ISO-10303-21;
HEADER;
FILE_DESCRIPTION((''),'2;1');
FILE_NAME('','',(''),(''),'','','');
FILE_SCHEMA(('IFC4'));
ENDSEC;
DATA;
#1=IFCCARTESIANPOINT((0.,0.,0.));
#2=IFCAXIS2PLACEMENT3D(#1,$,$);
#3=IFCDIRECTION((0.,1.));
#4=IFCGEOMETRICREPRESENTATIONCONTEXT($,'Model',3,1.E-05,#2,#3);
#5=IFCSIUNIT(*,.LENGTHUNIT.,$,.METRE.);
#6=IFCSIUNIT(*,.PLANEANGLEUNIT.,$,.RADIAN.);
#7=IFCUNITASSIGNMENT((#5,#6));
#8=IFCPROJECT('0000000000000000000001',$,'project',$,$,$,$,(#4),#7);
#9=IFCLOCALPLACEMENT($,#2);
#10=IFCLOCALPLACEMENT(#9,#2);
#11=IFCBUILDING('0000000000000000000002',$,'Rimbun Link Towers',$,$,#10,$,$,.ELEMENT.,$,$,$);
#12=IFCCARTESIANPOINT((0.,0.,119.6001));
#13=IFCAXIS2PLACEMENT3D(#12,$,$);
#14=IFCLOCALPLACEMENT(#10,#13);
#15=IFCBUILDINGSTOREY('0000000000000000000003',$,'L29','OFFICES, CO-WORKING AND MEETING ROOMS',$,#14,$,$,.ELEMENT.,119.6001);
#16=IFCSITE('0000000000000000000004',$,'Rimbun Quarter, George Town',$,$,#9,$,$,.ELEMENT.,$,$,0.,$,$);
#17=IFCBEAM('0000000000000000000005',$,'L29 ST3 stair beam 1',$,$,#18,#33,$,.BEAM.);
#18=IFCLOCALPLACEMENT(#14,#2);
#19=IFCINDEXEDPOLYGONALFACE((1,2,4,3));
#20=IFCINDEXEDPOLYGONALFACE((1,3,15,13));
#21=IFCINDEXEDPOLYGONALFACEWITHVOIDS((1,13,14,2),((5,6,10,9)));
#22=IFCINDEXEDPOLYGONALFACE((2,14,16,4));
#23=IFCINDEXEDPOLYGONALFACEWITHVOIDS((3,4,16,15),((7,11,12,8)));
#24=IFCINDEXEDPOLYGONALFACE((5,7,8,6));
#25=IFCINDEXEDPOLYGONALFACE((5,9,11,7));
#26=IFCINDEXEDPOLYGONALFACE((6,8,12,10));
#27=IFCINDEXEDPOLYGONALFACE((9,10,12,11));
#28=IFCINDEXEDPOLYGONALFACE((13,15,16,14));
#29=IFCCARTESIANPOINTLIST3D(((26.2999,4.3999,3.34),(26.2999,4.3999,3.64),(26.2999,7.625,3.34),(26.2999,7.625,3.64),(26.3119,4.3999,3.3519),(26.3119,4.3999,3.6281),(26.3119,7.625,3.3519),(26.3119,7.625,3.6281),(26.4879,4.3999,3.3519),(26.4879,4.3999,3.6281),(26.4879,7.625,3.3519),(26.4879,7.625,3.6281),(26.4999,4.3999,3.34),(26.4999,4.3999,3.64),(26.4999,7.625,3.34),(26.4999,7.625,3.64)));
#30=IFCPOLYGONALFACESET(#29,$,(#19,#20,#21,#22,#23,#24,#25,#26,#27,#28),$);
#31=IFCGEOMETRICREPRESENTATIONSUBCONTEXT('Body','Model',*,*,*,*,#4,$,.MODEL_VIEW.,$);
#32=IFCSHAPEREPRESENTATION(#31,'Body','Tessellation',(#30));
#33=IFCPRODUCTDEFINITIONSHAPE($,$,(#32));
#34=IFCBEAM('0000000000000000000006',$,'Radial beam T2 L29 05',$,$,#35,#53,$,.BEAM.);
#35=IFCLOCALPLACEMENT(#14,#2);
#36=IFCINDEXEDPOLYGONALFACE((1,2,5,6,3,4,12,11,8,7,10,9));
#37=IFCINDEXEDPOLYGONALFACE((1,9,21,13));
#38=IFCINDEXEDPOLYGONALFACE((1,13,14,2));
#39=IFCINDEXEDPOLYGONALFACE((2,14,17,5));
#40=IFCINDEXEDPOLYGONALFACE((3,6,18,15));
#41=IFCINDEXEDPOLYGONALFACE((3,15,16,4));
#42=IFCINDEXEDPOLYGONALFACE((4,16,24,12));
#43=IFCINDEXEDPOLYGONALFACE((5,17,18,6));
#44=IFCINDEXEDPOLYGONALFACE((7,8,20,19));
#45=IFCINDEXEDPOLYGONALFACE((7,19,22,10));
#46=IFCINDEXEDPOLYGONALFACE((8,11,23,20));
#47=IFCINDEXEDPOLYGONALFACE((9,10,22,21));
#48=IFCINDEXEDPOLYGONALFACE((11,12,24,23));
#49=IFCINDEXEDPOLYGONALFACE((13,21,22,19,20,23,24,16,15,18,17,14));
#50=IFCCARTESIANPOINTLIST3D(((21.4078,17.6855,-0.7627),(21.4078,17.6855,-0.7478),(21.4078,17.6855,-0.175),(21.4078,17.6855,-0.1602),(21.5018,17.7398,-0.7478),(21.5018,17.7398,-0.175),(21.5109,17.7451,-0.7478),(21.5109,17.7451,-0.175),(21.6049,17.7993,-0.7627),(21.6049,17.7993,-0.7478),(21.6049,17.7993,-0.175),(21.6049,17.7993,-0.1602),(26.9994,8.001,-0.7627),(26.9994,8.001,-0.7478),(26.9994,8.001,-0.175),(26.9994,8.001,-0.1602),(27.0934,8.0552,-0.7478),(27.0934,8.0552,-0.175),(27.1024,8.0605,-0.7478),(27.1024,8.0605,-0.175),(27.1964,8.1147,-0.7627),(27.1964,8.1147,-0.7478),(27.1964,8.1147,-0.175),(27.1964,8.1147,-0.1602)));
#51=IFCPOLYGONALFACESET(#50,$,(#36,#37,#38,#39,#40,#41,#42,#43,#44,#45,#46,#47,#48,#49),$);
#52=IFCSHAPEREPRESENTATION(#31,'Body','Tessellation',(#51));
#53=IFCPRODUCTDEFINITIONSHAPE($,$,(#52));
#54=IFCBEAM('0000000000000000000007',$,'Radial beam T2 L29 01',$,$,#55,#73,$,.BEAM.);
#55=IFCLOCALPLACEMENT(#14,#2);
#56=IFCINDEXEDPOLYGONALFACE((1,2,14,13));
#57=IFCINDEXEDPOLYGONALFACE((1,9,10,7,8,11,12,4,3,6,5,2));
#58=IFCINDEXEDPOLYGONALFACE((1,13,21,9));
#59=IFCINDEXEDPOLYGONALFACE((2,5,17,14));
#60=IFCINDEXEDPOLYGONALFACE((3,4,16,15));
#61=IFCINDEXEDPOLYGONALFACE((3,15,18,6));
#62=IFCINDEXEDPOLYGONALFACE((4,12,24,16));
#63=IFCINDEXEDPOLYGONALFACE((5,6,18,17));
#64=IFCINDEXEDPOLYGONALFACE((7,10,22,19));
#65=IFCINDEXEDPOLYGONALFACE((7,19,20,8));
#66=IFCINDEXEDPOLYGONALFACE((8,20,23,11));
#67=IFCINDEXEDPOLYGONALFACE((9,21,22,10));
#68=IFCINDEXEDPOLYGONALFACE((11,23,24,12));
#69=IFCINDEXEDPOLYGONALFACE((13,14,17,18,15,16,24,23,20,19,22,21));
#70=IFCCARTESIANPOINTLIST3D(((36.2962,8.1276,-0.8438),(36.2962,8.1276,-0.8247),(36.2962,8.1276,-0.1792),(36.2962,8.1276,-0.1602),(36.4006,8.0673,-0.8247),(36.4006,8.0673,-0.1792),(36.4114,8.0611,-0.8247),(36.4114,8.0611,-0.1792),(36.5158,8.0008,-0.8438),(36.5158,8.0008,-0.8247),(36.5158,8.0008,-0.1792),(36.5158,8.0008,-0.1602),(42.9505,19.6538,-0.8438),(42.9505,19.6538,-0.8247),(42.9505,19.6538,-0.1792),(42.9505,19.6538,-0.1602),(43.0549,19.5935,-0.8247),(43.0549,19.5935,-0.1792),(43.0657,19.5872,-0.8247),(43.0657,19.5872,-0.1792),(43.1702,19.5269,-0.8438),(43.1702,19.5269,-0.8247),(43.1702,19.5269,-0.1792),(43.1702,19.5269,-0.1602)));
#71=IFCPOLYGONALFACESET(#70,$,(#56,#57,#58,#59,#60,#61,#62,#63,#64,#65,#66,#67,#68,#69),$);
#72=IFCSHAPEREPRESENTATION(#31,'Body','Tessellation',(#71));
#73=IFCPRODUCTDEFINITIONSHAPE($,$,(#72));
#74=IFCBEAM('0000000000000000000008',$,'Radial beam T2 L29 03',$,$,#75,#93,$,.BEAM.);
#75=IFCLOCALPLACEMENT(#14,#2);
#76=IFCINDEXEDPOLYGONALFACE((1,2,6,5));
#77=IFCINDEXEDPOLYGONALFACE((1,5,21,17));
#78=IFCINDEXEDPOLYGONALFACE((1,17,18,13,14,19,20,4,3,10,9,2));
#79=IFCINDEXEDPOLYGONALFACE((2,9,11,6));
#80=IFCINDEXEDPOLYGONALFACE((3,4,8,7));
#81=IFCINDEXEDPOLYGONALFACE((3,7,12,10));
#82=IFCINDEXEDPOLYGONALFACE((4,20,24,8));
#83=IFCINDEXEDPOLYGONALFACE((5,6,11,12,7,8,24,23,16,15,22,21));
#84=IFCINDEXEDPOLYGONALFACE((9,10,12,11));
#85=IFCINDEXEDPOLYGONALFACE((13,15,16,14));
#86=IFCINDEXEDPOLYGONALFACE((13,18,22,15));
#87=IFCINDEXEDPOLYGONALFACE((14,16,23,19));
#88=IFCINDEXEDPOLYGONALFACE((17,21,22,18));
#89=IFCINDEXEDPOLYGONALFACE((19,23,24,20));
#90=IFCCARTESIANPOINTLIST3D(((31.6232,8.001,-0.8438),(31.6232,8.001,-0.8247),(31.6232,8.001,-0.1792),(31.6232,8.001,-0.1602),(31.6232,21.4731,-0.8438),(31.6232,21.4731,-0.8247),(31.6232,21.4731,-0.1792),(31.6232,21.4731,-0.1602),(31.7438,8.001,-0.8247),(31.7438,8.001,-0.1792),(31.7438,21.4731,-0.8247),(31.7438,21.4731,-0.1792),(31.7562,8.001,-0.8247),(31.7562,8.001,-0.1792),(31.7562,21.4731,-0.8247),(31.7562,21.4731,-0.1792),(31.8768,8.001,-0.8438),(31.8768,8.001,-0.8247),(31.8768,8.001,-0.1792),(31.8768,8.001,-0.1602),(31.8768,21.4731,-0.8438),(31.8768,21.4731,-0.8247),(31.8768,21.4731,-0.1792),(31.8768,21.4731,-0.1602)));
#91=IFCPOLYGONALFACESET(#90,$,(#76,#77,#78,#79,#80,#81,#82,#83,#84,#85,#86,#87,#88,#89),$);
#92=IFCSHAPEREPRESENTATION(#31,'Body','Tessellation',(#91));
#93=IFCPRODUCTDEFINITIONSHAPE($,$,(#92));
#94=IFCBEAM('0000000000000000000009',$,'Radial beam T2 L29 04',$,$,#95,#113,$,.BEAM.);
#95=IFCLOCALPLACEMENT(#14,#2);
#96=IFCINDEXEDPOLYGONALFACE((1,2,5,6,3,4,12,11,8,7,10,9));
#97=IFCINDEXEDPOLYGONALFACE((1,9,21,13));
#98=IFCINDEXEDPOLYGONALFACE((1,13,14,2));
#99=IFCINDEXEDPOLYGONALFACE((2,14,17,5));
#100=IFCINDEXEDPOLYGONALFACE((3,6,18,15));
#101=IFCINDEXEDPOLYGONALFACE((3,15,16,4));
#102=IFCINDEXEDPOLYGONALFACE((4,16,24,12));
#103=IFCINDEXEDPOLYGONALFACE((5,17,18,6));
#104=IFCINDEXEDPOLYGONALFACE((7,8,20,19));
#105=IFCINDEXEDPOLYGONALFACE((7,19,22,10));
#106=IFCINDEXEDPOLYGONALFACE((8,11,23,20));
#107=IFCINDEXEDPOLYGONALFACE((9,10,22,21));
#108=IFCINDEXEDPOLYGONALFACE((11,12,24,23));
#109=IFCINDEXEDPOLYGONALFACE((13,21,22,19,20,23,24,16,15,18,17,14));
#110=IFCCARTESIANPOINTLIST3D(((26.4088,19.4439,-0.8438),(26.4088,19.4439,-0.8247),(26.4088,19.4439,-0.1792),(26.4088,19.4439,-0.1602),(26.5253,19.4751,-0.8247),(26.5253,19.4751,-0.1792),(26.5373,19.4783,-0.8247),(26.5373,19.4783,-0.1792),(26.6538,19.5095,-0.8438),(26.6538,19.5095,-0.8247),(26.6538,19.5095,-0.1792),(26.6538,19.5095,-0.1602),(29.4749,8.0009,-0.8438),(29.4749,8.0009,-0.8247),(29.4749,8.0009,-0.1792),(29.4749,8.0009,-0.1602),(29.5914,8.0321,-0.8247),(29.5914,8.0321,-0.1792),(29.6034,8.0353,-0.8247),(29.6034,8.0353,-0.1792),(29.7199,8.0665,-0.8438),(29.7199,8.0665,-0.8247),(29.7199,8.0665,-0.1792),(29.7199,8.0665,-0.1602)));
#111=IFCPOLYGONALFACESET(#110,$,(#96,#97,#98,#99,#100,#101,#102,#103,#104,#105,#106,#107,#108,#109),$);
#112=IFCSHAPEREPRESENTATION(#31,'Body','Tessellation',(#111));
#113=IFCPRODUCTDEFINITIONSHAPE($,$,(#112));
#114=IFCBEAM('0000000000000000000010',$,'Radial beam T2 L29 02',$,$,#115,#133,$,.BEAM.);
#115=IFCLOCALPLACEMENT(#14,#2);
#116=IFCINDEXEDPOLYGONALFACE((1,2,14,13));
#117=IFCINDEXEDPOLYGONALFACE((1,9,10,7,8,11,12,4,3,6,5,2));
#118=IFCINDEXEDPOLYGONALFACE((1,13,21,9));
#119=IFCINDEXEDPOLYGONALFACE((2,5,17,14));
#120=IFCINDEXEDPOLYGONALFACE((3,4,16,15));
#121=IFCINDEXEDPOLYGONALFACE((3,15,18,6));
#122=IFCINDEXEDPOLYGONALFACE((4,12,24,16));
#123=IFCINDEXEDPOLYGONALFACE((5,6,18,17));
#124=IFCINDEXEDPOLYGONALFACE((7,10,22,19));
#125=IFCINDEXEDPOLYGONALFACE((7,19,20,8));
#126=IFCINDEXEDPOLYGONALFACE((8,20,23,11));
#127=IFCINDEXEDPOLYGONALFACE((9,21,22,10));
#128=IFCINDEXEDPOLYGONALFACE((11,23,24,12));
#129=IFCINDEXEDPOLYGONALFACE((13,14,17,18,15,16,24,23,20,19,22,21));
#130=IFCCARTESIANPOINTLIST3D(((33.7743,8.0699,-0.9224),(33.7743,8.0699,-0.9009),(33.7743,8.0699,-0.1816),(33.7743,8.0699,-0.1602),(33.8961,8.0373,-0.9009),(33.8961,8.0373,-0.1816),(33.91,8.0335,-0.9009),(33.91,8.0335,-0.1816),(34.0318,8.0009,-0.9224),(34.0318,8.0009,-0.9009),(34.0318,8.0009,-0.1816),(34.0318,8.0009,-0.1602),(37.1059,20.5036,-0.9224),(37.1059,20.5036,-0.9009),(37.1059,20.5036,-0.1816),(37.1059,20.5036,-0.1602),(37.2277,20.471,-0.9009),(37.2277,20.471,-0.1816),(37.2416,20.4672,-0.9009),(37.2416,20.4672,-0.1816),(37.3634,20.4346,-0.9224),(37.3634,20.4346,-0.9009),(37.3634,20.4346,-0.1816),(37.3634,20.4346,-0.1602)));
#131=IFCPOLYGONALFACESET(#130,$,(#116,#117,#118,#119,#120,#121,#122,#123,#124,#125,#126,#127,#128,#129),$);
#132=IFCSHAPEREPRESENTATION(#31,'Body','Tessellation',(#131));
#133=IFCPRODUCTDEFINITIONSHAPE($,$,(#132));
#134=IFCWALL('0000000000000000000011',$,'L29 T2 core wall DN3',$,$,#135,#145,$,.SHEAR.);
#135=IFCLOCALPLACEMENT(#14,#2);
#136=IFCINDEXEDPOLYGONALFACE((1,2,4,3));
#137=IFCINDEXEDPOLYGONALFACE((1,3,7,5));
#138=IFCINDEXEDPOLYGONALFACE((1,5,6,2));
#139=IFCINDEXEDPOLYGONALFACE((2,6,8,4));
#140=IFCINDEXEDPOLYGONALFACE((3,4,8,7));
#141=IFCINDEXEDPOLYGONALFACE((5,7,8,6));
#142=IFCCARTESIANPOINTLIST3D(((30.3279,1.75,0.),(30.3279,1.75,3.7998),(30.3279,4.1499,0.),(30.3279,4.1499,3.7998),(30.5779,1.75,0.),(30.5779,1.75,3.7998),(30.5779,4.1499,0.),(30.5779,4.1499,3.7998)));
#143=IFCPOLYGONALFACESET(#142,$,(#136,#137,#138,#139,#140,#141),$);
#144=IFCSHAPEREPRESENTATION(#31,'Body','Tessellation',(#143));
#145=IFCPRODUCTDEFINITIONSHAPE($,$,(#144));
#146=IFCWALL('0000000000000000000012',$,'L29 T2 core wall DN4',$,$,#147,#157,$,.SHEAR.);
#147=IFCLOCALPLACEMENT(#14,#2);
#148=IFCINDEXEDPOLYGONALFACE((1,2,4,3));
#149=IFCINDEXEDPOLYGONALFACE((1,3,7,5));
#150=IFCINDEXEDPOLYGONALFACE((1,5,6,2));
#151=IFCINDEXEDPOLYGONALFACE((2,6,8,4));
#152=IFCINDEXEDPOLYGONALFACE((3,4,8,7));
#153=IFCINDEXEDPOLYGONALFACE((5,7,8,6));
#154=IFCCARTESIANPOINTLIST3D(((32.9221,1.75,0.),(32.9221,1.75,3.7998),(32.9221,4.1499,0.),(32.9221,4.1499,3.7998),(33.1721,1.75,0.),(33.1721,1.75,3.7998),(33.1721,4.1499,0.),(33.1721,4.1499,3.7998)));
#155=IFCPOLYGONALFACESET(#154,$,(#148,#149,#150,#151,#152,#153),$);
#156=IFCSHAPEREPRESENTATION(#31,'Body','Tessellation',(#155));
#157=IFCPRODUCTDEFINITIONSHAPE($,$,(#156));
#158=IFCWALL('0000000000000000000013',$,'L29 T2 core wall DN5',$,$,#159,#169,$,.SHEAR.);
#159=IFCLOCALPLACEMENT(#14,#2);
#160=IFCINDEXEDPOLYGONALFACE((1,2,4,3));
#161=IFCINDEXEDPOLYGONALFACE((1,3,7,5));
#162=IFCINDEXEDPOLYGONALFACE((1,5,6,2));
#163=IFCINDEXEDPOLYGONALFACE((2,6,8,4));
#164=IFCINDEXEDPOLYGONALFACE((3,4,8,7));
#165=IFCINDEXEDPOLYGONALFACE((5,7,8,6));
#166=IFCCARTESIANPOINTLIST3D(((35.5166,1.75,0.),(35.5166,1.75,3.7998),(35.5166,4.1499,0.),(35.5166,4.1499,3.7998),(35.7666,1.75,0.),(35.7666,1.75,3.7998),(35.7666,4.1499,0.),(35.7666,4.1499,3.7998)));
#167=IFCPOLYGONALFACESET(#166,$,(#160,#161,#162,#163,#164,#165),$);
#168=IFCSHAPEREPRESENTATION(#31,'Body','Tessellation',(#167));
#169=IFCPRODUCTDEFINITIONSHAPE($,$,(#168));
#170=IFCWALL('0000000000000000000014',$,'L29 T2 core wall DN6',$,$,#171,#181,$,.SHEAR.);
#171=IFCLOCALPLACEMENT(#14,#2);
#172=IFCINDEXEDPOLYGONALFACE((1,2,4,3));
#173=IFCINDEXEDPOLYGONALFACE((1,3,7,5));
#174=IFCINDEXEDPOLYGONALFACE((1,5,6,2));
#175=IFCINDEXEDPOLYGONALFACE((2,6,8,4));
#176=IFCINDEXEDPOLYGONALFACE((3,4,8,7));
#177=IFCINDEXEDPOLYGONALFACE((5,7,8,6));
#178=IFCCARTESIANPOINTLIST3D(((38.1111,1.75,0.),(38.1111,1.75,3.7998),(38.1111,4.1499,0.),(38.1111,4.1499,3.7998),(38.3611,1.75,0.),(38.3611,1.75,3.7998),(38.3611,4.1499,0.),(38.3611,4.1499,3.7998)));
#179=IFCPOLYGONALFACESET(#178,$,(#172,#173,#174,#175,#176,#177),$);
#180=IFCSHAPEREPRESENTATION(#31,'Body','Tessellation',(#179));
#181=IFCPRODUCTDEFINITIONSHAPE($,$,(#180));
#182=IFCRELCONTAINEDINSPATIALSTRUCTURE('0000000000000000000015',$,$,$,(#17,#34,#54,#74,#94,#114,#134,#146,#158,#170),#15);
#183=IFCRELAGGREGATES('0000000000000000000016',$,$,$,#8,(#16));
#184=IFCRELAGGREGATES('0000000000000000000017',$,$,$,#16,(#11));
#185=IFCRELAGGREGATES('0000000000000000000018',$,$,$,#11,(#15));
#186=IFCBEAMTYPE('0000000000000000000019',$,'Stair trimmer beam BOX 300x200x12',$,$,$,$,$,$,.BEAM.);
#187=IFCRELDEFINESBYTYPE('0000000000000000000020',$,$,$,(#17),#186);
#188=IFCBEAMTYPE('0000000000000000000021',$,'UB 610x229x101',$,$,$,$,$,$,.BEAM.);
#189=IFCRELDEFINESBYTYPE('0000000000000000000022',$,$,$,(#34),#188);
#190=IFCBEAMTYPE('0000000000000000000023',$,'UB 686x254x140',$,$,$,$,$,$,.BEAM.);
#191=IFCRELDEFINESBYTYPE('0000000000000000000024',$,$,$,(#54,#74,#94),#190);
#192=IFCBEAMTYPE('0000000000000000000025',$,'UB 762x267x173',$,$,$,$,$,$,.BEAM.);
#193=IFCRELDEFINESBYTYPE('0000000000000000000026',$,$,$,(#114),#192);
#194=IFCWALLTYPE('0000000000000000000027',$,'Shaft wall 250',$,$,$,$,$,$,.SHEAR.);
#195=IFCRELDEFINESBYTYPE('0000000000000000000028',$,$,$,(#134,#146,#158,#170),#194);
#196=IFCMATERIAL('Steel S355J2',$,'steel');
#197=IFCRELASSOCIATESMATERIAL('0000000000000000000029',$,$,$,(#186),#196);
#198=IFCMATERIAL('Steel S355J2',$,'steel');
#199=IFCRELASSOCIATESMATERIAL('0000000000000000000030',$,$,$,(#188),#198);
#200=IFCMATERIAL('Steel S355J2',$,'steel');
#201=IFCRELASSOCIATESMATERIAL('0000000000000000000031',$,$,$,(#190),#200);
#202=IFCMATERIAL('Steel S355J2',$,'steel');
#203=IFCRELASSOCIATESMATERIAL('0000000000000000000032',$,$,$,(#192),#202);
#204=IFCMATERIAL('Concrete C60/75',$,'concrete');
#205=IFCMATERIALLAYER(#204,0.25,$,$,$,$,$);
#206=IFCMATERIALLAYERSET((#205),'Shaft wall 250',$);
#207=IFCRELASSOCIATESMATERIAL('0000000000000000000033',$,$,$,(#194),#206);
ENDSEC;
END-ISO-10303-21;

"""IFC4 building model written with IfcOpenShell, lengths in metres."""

from ifc_helpers import new_model, si_unit, direction, frame, frame_2d, origin, origin_2d, place, context, subcontext, project, spatial, rectangle, hollow_rectangle, i_section, extrude, material, layer, layer_set, material_profile, profile_set, type_object, element, save


model = new_model("IFC4")

# Units and contexts
model_context = context("Model", 3, precision=1e-05, world=origin(), true_north=direction((0.0, 1.0)))
body_context = subcontext(model_context, "Body", "Model", "MODEL_VIEW")
ifc_project = project(units=[si_unit("LENGTHUNIT", "METRE"), si_unit("PLANEANGLEUNIT", "RADIAN")], contexts=[model_context])

# Site, building, storey
site_placement = place(None, origin())
site = spatial("IfcSite", under=ifc_project, at=site_placement, Name="Rimbun Quarter, George Town", CompositionType="ELEMENT", RefElevation=0.0)
building_placement = place(site_placement, origin())
building = spatial("IfcBuilding", under=site, at=building_placement, Name="Rimbun Link Towers", CompositionType="ELEMENT")
storey_placement = place(building_placement, frame((0.0, 0.0, 119.6001)))
storey = spatial("IfcBuildingStorey", under=building, at=storey_placement, Name="L29", Description="OFFICES, CO-WORKING AND MEETING ROOMS", CompositionType="ELEMENT", Elevation=119.6001)

# Beams
ifc_material_1 = material(Name="Steel S355J2", Category="steel")
ifc_material_profile_1 = material_profile(ifc_material_1, hollow_rectangle(XDim=0.2, YDim=0.3, WallThickness=0.012, at=origin_2d()), Name="BOX 300x200x12")
ifc_profile_set_1 = profile_set([ifc_material_profile_1], Name="Steel S355J2")
beam_type_1 = type_object("IfcBeamType", Name="Stair trimmer beam BOX 300x200x12", PredefinedType="BEAM", material=ifc_profile_set_1)
beam_1_placement = place(storey_placement, frame((26.3999, 7.625, 3.49), z_axis=(0.0, -1.0, 0.0), x_axis=(1.0, 0.0, 0.0)))
element("IfcBeam", 1, at=beam_1_placement, inside=storey, type_object=beam_type_1, Name="L29 ST3 stair beam 1", PredefinedType="BEAM", context=body_context, shape_type="SweptSolid", body=[
    extrude(hollow_rectangle(XDim=0.2, YDim=0.3, WallThickness=0.012, at=origin_2d()), origin(), (0.0, 0.0, 1.0), 3.2251),
])
ifc_material_2 = material(Name="Steel S355J2", Category="steel")
ifc_material_profile_2 = material_profile(ifc_material_2, i_section(OverallWidth=0.2275, OverallDepth=0.6025, WebThickness=0.0105, FlangeThickness=0.0149, at=origin_2d()), Name="UB 610x229x101")
ifc_profile_set_2 = profile_set([ifc_material_profile_2], Name="Steel S355J2")
beam_type_2 = type_object("IfcBeamType", Name="UB 610x229x101", PredefinedType="BEAM", material=ifc_profile_set_2)
beam_2_placement = place(storey_placement, frame((27.0979, 8.0579, -0.4614), z_axis=(-0.500011, 0.866019, 0.0), x_axis=(-0.866019, -0.500011, 0.0)))
element("IfcBeam", 2, at=beam_2_placement, inside=storey, type_object=beam_type_2, Name="Radial beam T2 L29 05", PredefinedType="BEAM", context=body_context, shape_type="SweptSolid", body=[
    extrude(i_section(OverallWidth=0.2275, OverallDepth=0.6025, WebThickness=0.0105, FlangeThickness=0.0149, at=origin_2d()), origin(), (0.0, 0.0, 1.0), 11.1829),
])
ifc_material_3 = material(Name="Steel S355J2", Category="steel")
ifc_material_profile_3 = material_profile(ifc_material_3, i_section(OverallWidth=0.2537, OverallDepth=0.6836, WebThickness=0.0125, FlangeThickness=0.019, at=origin_2d()), Name="UB 686x254x140")
ifc_profile_set_3 = profile_set([ifc_material_profile_3], Name="Steel S355J2")
beam_type_3 = type_object("IfcBeamType", Name="UB 686x254x140", PredefinedType="BEAM", material=ifc_profile_set_3)
beam_3_placement = place(storey_placement, frame((36.406, 8.0642, -0.502), z_axis=(0.499982, 0.866036, 0.0), x_axis=(-0.866036, 0.499982, 0.0)))
element("IfcBeam", 3, at=beam_3_placement, inside=storey, type_object=beam_type_3, Name="Radial beam T2 L29 01", PredefinedType="BEAM", context=body_context, shape_type="SweptSolid", body=[
    extrude(i_section(OverallWidth=0.2537, OverallDepth=0.6836, WebThickness=0.0125, FlangeThickness=0.019, at=origin_2d()), origin(), (0.0, 0.0, 1.0), 13.3091),
])
beam_4_placement = place(storey_placement, frame((31.75, 8.001, -0.502), z_axis=(0.0, 1.0, 0.0), x_axis=(-1.0, 0.0, 0.0)))
element("IfcBeam", 4, at=beam_4_placement, inside=storey, type_object=beam_type_3, Name="Radial beam T2 L29 03", PredefinedType="BEAM", context=body_context, shape_type="SweptSolid", body=[
    extrude(i_section(OverallWidth=0.2537, OverallDepth=0.6836, WebThickness=0.0125, FlangeThickness=0.019, at=origin_2d()), origin(), (0.0, 0.0, 1.0), 13.4722),
])
beam_5_placement = place(storey_placement, frame((29.5974, 8.0337, -0.502), z_axis=(-0.258818, 0.965926, 0.0), x_axis=(-0.965926, -0.258818, 0.0)))
element("IfcBeam", 5, at=beam_5_placement, inside=storey, type_object=beam_type_3, Name="Radial beam T2 L29 04", PredefinedType="BEAM", context=body_context, shape_type="SweptSolid", body=[
    extrude(i_section(OverallWidth=0.2537, OverallDepth=0.6836, WebThickness=0.0125, FlangeThickness=0.019, at=origin_2d()), origin(), (0.0, 0.0, 1.0), 11.8467),
])
ifc_material_4 = material(Name="Steel S355J2", Category="steel")
ifc_material_profile_4 = material_profile(ifc_material_4, i_section(OverallWidth=0.2666, OverallDepth=0.7622, WebThickness=0.0144, FlangeThickness=0.0215, at=origin_2d()), Name="UB 762x267x173")
ifc_profile_set_4 = profile_set([ifc_material_profile_4], Name="Steel S355J2")
beam_type_4 = type_object("IfcBeamType", Name="UB 762x267x173", PredefinedType="BEAM", material=ifc_profile_set_4)
beam_6_placement = place(storey_placement, frame((33.9031, 8.0354, -0.5413), z_axis=(0.258817, 0.965926, 0.0), x_axis=(-0.965926, 0.258817, 0.0)))
element("IfcBeam", 6, at=beam_6_placement, inside=storey, type_object=beam_type_4, Name="Radial beam T2 L29 02", PredefinedType="BEAM", context=body_context, shape_type="SweptSolid", body=[
    extrude(i_section(OverallWidth=0.2666, OverallDepth=0.7622, WebThickness=0.0144, FlangeThickness=0.0215, at=origin_2d()), origin(), (0.0, 0.0, 1.0), 12.8723),
])

# Walls
ifc_material_5 = material(Name="Concrete C60/75", Category="concrete")
ifc_layer = layer(ifc_material_5, 0.25)
ifc_layer_set = layer_set([ifc_layer], Name="Shaft wall 250")
wall_type = type_object("IfcWallType", Name="Shaft wall 250", PredefinedType="SHEAR", material=ifc_layer_set)
for number, where, z_axis, x_axis, name in (
    (7, (30.4529, 1.75, 0.0), (0.0, 0.0, 1.0), (0.0, 1.0, 0.0), "L29 T2 core wall DN3"),
    (8, (33.0471, 1.75, 0.0), (0.0, 0.0, 1.0), (0.0, 1.0, 0.0), "L29 T2 core wall DN4"),
    (9, (35.6416, 1.75, 0.0), (0.0, 0.0, 1.0), (0.0, 1.0, 0.0), "L29 T2 core wall DN5"),
    (10, (38.2361, 1.75, 0.0), (0.0, 0.0, 1.0), (0.0, 1.0, 0.0), "L29 T2 core wall DN6"),
):
    element("IfcWall", number, at=place(storey_placement, frame(where, z_axis=z_axis, x_axis=x_axis)), inside=storey, type_object=wall_type, Name=name, PredefinedType="SHEAR", context=body_context, shape_type="SweptSolid", body=[
        extrude(rectangle(XDim=2.3999, YDim=0.25, at=frame_2d((1.2, 0.0))), origin(), (0.0, 0.0, 1.0), 3.7998),
    ])

save(model, "model.ifc")
